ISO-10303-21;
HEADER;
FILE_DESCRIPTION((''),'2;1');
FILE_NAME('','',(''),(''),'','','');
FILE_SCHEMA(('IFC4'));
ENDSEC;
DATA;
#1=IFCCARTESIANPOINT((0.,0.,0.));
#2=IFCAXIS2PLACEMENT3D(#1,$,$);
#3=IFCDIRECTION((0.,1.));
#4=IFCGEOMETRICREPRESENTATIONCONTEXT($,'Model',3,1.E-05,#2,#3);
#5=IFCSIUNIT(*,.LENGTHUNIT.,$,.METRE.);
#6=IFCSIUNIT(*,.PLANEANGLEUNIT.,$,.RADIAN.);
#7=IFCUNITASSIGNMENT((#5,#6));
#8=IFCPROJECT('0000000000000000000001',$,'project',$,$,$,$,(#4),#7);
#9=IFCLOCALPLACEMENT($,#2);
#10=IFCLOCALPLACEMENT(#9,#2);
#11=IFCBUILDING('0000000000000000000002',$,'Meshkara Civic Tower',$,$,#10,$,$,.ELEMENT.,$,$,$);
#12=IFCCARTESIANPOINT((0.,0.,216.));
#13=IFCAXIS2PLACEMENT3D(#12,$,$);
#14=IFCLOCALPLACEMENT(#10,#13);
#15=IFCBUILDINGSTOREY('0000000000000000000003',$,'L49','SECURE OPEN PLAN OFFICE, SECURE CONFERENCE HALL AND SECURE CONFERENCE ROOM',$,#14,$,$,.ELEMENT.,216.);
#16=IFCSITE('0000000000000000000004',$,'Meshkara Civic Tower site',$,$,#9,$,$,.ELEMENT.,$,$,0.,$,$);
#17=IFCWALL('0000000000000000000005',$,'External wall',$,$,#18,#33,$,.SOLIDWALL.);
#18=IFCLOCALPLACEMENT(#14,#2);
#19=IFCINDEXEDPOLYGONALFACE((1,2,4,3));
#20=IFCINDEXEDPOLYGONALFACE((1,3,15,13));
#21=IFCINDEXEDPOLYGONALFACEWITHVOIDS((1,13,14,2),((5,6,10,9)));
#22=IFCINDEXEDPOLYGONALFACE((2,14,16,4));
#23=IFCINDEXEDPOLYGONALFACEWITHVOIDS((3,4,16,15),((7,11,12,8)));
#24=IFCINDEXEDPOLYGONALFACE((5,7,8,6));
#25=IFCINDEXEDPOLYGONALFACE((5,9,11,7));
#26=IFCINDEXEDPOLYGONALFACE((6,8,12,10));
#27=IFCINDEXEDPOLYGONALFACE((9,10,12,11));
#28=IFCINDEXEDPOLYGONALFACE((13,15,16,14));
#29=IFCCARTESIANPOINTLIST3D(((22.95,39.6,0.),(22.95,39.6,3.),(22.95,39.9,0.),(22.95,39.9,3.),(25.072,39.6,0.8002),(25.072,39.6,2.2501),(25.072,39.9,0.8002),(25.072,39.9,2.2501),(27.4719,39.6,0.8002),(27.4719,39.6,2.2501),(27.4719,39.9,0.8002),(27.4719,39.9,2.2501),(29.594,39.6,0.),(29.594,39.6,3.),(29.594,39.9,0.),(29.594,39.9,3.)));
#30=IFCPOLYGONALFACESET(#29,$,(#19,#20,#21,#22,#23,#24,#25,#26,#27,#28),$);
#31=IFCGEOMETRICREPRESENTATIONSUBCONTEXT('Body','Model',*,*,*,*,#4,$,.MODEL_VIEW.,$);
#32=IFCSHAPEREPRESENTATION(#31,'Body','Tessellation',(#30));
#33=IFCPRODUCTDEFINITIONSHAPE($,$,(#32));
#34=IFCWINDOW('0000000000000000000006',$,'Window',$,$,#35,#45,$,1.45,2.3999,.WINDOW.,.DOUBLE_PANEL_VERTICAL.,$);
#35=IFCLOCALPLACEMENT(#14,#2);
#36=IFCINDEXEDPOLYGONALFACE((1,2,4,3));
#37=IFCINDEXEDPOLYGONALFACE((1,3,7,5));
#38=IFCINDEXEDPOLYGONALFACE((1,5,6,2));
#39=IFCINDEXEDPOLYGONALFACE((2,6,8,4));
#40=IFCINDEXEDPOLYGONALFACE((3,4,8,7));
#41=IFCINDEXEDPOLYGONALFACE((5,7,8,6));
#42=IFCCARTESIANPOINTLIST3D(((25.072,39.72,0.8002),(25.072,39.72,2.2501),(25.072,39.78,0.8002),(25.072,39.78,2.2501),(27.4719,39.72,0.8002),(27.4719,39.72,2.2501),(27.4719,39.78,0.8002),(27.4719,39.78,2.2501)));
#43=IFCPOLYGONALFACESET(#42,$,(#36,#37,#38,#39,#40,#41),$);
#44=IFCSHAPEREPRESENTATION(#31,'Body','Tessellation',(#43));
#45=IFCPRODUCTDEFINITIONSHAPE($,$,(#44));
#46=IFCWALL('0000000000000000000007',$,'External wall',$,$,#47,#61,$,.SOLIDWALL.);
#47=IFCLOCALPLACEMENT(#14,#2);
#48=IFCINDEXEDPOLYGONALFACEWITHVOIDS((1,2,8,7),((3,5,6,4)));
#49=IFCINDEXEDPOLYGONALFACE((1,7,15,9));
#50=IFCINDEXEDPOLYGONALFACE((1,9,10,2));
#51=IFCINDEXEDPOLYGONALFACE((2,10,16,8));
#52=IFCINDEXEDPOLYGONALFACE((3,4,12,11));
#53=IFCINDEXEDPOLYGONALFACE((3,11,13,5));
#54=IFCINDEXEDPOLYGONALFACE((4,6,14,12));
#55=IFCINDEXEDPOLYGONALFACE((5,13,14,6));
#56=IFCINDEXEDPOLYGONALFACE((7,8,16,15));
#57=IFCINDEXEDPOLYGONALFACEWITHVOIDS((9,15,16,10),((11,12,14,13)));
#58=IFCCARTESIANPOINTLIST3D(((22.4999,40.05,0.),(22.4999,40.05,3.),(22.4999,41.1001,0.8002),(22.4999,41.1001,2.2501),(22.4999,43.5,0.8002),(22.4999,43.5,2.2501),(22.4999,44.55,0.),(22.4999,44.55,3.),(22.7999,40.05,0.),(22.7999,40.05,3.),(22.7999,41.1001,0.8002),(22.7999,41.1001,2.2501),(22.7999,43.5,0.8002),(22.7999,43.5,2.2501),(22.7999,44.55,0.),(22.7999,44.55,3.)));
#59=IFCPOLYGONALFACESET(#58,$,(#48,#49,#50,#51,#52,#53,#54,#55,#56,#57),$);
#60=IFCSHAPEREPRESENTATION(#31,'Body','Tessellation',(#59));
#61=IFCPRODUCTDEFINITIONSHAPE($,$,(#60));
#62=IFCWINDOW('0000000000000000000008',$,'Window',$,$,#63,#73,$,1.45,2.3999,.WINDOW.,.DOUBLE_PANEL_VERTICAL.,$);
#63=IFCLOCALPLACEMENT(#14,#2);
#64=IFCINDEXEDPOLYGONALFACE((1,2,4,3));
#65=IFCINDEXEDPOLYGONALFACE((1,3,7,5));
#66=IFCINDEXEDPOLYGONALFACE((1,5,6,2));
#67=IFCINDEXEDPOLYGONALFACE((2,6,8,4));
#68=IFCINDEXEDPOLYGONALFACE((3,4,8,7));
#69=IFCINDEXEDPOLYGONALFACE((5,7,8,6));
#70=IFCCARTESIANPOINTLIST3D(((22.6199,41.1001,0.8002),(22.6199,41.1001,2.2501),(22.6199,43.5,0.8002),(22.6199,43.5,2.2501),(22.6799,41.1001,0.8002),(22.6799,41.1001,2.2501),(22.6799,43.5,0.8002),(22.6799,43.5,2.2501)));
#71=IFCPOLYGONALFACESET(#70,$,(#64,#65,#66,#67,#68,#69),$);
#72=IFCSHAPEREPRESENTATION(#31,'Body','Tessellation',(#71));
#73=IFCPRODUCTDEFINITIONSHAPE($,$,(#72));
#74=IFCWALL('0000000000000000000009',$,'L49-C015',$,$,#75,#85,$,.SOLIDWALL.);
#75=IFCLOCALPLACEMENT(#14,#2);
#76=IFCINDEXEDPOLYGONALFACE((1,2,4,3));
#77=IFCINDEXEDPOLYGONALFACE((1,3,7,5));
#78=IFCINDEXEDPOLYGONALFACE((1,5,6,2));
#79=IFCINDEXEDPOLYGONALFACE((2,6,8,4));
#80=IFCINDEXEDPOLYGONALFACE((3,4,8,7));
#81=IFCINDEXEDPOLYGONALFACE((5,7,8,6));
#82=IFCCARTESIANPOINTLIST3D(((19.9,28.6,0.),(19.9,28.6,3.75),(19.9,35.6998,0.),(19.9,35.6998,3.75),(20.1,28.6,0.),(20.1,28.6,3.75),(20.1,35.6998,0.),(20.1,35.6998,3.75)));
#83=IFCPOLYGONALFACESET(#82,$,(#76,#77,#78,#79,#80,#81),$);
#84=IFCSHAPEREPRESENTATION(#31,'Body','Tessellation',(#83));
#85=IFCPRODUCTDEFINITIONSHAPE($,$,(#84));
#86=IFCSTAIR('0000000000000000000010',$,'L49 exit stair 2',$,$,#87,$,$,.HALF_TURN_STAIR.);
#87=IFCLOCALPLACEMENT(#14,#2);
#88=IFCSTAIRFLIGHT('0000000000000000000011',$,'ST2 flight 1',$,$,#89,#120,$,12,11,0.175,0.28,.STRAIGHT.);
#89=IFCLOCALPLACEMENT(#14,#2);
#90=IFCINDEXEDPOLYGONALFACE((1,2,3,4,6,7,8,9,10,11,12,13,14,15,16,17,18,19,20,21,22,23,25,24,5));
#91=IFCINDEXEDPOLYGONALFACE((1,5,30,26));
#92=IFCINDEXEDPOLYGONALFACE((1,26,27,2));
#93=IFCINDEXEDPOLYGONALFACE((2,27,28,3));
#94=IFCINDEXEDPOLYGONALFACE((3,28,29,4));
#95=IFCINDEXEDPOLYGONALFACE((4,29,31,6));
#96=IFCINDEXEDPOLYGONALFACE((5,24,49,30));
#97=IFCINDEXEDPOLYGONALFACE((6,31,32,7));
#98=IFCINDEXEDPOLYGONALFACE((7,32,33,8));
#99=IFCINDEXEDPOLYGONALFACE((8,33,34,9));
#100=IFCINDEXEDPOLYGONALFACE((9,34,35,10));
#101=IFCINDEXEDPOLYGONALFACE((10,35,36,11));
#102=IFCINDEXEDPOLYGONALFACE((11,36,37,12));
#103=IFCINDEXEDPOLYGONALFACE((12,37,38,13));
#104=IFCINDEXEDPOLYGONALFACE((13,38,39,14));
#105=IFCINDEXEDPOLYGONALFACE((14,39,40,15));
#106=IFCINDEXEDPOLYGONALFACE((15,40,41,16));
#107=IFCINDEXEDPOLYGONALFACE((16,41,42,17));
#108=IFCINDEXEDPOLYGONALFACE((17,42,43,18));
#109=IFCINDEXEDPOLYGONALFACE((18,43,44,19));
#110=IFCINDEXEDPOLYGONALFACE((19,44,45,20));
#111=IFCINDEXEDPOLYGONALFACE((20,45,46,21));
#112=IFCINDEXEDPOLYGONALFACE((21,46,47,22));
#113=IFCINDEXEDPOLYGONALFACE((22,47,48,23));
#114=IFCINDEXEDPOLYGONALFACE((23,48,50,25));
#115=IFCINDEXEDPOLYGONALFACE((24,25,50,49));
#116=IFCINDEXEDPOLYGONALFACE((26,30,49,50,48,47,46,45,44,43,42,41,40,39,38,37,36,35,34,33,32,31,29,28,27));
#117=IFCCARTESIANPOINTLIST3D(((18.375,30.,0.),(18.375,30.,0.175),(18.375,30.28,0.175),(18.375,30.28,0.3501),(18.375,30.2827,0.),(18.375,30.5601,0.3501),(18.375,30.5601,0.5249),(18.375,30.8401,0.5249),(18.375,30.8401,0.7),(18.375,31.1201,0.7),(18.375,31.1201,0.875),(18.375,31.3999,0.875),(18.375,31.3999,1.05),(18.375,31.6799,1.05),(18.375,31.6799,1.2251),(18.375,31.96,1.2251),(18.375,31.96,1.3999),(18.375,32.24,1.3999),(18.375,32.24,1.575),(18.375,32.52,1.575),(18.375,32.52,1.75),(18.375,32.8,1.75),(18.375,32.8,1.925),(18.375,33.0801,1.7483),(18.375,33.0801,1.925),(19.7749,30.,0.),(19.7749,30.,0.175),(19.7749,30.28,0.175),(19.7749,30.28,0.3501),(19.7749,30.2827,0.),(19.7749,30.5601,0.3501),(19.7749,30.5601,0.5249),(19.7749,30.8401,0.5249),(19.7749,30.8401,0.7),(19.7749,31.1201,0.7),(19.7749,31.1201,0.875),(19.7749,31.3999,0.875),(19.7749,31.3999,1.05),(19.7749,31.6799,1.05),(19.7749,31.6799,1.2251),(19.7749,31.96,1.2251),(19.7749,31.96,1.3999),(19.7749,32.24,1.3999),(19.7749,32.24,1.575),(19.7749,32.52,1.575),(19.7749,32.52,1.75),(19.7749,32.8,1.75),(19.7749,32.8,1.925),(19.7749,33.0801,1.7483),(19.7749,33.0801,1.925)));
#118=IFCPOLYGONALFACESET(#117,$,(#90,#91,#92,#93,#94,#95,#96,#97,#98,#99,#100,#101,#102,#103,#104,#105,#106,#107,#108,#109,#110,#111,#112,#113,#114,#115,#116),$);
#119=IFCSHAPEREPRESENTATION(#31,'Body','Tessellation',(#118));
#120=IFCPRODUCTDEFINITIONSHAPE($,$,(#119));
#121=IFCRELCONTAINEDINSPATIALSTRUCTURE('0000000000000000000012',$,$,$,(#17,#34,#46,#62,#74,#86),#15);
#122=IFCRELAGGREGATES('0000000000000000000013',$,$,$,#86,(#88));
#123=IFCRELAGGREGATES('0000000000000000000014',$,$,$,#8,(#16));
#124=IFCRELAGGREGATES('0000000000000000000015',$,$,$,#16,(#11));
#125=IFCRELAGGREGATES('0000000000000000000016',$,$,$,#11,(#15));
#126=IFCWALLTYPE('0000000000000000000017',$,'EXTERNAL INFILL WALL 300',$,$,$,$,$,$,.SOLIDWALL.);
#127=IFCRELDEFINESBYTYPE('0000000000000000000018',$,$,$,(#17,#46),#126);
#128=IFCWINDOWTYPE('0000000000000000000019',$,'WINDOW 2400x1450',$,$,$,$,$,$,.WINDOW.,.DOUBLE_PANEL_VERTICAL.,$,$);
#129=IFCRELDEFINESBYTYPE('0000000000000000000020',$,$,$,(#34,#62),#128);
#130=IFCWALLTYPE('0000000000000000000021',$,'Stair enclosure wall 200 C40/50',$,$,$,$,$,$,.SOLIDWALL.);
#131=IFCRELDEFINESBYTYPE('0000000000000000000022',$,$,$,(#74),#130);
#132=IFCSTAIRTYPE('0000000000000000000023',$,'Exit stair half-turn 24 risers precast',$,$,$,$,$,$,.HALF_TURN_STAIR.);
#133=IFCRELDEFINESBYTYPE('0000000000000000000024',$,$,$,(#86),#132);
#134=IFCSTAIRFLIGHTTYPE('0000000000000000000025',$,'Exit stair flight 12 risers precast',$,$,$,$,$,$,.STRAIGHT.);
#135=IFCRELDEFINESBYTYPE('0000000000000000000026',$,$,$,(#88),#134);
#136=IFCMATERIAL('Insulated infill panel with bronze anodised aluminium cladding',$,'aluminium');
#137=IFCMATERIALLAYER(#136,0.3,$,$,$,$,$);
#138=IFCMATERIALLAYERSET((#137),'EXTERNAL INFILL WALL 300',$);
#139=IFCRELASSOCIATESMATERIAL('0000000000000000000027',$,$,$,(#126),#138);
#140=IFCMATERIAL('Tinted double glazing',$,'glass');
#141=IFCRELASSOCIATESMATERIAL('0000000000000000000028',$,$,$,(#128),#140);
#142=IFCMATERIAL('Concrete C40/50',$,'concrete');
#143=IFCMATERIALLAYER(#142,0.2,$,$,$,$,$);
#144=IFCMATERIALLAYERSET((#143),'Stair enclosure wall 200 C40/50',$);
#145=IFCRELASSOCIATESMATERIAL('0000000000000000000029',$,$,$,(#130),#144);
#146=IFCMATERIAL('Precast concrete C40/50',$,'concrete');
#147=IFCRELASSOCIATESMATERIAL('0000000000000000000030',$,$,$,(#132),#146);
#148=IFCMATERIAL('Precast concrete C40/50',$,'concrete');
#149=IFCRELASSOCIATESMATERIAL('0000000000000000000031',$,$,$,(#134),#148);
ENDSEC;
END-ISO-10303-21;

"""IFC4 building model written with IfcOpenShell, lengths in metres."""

from ifc_helpers import new_model, si_unit, direction, frame, frame_2d, origin, place, context, subcontext, project, spatial, polyline, rectangle, outline, extrude, material, layer, layer_set, type_object, element, fill, aggregate, save


model = new_model("IFC4")

# Units and contexts
model_context = context("Model", 3, precision=1e-05, world=origin(), true_north=direction((0.0, 1.0)))
body_context = subcontext(model_context, "Body", "Model", "MODEL_VIEW")
ifc_project = project(units=[si_unit("LENGTHUNIT", "METRE"), si_unit("PLANEANGLEUNIT", "RADIAN")], contexts=[model_context])

# Site, building, storey
site_placement = place(None, origin())
site = spatial("IfcSite", under=ifc_project, at=site_placement, Name="Meshkara Civic Tower site", CompositionType="ELEMENT", RefElevation=0.0)
building_placement = place(site_placement, origin())
building = spatial("IfcBuilding", under=site, at=building_placement, Name="Meshkara Civic Tower", CompositionType="ELEMENT")
storey_placement = place(building_placement, frame((0.0, 0.0, 216.0)))
storey = spatial("IfcBuildingStorey", under=building, at=storey_placement, Name="L49", Description="SECURE OPEN PLAN OFFICE, SECURE CONFERENCE HALL AND SECURE CONFERENCE ROOM", CompositionType="ELEMENT", Elevation=216.0)

# Walls, openings, windows
ifc_material_1 = material(Name="Insulated infill panel with bronze anodised aluminium cladding", Category="aluminium")
ifc_layer_1 = layer(ifc_material_1, 0.3)
ifc_layer_set_1 = layer_set([ifc_layer_1], Name="EXTERNAL INFILL WALL 300")
wall_type_1 = type_object("IfcWallType", Name="EXTERNAL INFILL WALL 300", PredefinedType="SOLIDWALL", material=ifc_layer_set_1)
ifc_material_2 = material(Name="Tinted double glazing", Category="glass")
window_type_1 = type_object("IfcWindowType", Name="WINDOW 2400x1450", PartitioningType="DOUBLE_PANEL_VERTICAL", PredefinedType="WINDOW", material=ifc_material_2)
wall_1_placement = place(storey_placement, frame((29.594, 39.75, 0.0), z_axis=(0.0, 0.0, 1.0), x_axis=(-1.0, 0.0, 0.0)))
wall_1 = element("IfcWall", 1, at=wall_1_placement, inside=storey, type_object=wall_type_1, Name="External wall", PredefinedType="SOLIDWALL", context=body_context, shape_type="SweptSolid", body=[
    extrude(rectangle(XDim=6.644, YDim=0.3, at=frame_2d((3.322, 0.0))), origin(), (0.0, 0.0, 1.0), 3.0),
])
opening_1_placement = place(wall_1_placement, frame((2.1221, 0.0, 0.8)))
opening_1 = element("IfcOpeningElement", 2, at=opening_1_placement, cuts=wall_1, PredefinedType="OPENING", context=body_context, shape_type="SweptSolid", body=[
    extrude(rectangle(XDim=2.3999, YDim=1.45, at=frame_2d((1.2, 0.7251))), frame((0.0, 0.1599, 0.0), z_axis=(0.0, -1.0, 0.0), x_axis=(1.0, 0.0, 0.0)), (0.0, 0.0, 1.0), 0.3201),
])
window_1_placement = place(opening_1_placement, origin())
window_1 = element("IfcWindow", 3, at=window_1_placement, inside=storey, type_object=window_type_1, Name="Window", OverallHeight=1.45, OverallWidth=2.3999, PartitioningType="DOUBLE_PANEL_VERTICAL", PredefinedType="WINDOW", context=body_context, shape_type="SweptSolid", body=[
    extrude(rectangle(XDim=2.3999, YDim=1.45, at=frame_2d((1.2, 0.7251))), frame((0.0, 0.03, 0.0), z_axis=(0.0, -1.0, 0.0), x_axis=(1.0, 0.0, 0.0)), (0.0, 0.0, 1.0), 0.0601),
])
fill(opening_1, window_1)
wall_2_placement = place(storey_placement, frame((22.6499, 40.05, 0.0), z_axis=(0.0, 0.0, 1.0), x_axis=(0.0, 1.0, 0.0)))
wall_2 = element("IfcWall", 4, at=wall_2_placement, inside=storey, type_object=wall_type_1, Name="External wall", PredefinedType="SOLIDWALL", context=body_context, shape_type="SweptSolid", body=[
    extrude(rectangle(XDim=4.5, YDim=0.3, at=frame_2d((2.25, 0.0))), origin(), (0.0, 0.0, 1.0), 3.0),
])
opening_2_placement = place(wall_2_placement, frame((1.05, 0.0, 0.8)))
opening_2 = element("IfcOpeningElement", 5, at=opening_2_placement, cuts=wall_2, PredefinedType="OPENING", context=body_context, shape_type="SweptSolid", body=[
    extrude(rectangle(XDim=2.3999, YDim=1.45, at=frame_2d((1.2, 0.7251))), frame((0.0, 0.1599, 0.0), z_axis=(0.0, -1.0, 0.0), x_axis=(1.0, 0.0, 0.0)), (0.0, 0.0, 1.0), 0.3201),
])
window_2_placement = place(opening_2_placement, origin())
window_2 = element("IfcWindow", 6, at=window_2_placement, inside=storey, type_object=window_type_1, Name="Window", OverallHeight=1.45, OverallWidth=2.3999, PartitioningType="DOUBLE_PANEL_VERTICAL", PredefinedType="WINDOW", context=body_context, shape_type="SweptSolid", body=[
    extrude(rectangle(XDim=2.3999, YDim=1.45, at=frame_2d((1.2, 0.7251))), frame((0.0, 0.03, 0.0), z_axis=(0.0, -1.0, 0.0), x_axis=(1.0, 0.0, 0.0)), (0.0, 0.0, 1.0), 0.0601),
])
fill(opening_2, window_2)

# Wall
ifc_material_3 = material(Name="Concrete C40/50", Category="concrete")
ifc_layer_2 = layer(ifc_material_3, 0.2)
ifc_layer_set_2 = layer_set([ifc_layer_2], Name="Stair enclosure wall 200 C40/50")
wall_type_2 = type_object("IfcWallType", Name="Stair enclosure wall 200 C40/50", PredefinedType="SOLIDWALL", material=ifc_layer_set_2)
wall_3_placement = place(storey_placement, frame((20.0, 28.6001, 0.0), z_axis=(0.0, 0.0, 1.0), x_axis=(0.0, 1.0, 0.0)))
element("IfcWall", 7, at=wall_3_placement, inside=storey, type_object=wall_type_2, Name="L49-C015", PredefinedType="SOLIDWALL", context=body_context, shape_type="SweptSolid", body=[
    extrude(rectangle(XDim=7.0999, YDim=0.2, at=frame_2d((3.5498, 0.0))), origin(), (0.0, 0.0, 1.0), 3.75),
])

# Stair, stair flight
ifc_material_4 = material(Name="Precast concrete C40/50", Category="concrete")
stair_type = type_object("IfcStairType", Name="Exit stair half-turn 24 risers precast", PredefinedType="HALF_TURN_STAIR", material=ifc_material_4)
stair_placement = place(storey_placement, origin())
stair = element("IfcStair", 8, at=stair_placement, inside=storey, type_object=stair_type, Name="L49 exit stair 2", PredefinedType="HALF_TURN_STAIR")
ifc_material_5 = material(Name="Precast concrete C40/50", Category="concrete")
stair_flight_type = type_object("IfcStairFlightType", Name="Exit stair flight 12 risers precast", PredefinedType="STRAIGHT", material=ifc_material_5)
stair_flight_placement = place(storey_placement, frame((19.075, 30.0, 0.0), z_axis=(0.0, 0.0, 1.0), x_axis=(0.0, 1.0, 0.0)))
stair_flight = element("IfcStairFlight", 9, at=stair_flight_placement, type_object=stair_flight_type, Name="ST2 flight 1", NumberOfRisers=12, NumberOfTreads=11, PredefinedType="STRAIGHT", RiserHeight=0.175, TreadLength=0.28, context=body_context, shape_type="SweptSolid", body=[
    extrude(outline(polyline([(0.0, 0.0), (0.0, 0.175), (0.28, 0.175), (0.28, 0.3501), (0.5601, 0.3501), (0.5601, 0.5249), (0.8401, 0.5249), (0.8401, 0.7), (1.1201, 0.7), (1.1201, 0.875), (1.3999, 0.875), (1.3999, 1.05), (1.6799, 1.05), (1.6799, 1.2251), (1.96, 1.2251), (1.96, 1.3999), (2.24, 1.3999), (2.24, 1.575), (2.52, 1.575), (2.52, 1.75), (2.8, 1.75), (2.8, 1.925), (3.0801, 1.925), (3.0801, 2.1001), (3.0801, 1.7483), (0.2827, 0.0), (0.0, 0.0)])), frame((0.0, 0.7, 0.0), z_axis=(0.0, -1.0, 0.0), x_axis=(1.0, 0.0, 0.0)), (0.0, 0.0, 1.0), 1.3999),
])
aggregate(stair, [stair_flight])

save(model, "model.ifc")
